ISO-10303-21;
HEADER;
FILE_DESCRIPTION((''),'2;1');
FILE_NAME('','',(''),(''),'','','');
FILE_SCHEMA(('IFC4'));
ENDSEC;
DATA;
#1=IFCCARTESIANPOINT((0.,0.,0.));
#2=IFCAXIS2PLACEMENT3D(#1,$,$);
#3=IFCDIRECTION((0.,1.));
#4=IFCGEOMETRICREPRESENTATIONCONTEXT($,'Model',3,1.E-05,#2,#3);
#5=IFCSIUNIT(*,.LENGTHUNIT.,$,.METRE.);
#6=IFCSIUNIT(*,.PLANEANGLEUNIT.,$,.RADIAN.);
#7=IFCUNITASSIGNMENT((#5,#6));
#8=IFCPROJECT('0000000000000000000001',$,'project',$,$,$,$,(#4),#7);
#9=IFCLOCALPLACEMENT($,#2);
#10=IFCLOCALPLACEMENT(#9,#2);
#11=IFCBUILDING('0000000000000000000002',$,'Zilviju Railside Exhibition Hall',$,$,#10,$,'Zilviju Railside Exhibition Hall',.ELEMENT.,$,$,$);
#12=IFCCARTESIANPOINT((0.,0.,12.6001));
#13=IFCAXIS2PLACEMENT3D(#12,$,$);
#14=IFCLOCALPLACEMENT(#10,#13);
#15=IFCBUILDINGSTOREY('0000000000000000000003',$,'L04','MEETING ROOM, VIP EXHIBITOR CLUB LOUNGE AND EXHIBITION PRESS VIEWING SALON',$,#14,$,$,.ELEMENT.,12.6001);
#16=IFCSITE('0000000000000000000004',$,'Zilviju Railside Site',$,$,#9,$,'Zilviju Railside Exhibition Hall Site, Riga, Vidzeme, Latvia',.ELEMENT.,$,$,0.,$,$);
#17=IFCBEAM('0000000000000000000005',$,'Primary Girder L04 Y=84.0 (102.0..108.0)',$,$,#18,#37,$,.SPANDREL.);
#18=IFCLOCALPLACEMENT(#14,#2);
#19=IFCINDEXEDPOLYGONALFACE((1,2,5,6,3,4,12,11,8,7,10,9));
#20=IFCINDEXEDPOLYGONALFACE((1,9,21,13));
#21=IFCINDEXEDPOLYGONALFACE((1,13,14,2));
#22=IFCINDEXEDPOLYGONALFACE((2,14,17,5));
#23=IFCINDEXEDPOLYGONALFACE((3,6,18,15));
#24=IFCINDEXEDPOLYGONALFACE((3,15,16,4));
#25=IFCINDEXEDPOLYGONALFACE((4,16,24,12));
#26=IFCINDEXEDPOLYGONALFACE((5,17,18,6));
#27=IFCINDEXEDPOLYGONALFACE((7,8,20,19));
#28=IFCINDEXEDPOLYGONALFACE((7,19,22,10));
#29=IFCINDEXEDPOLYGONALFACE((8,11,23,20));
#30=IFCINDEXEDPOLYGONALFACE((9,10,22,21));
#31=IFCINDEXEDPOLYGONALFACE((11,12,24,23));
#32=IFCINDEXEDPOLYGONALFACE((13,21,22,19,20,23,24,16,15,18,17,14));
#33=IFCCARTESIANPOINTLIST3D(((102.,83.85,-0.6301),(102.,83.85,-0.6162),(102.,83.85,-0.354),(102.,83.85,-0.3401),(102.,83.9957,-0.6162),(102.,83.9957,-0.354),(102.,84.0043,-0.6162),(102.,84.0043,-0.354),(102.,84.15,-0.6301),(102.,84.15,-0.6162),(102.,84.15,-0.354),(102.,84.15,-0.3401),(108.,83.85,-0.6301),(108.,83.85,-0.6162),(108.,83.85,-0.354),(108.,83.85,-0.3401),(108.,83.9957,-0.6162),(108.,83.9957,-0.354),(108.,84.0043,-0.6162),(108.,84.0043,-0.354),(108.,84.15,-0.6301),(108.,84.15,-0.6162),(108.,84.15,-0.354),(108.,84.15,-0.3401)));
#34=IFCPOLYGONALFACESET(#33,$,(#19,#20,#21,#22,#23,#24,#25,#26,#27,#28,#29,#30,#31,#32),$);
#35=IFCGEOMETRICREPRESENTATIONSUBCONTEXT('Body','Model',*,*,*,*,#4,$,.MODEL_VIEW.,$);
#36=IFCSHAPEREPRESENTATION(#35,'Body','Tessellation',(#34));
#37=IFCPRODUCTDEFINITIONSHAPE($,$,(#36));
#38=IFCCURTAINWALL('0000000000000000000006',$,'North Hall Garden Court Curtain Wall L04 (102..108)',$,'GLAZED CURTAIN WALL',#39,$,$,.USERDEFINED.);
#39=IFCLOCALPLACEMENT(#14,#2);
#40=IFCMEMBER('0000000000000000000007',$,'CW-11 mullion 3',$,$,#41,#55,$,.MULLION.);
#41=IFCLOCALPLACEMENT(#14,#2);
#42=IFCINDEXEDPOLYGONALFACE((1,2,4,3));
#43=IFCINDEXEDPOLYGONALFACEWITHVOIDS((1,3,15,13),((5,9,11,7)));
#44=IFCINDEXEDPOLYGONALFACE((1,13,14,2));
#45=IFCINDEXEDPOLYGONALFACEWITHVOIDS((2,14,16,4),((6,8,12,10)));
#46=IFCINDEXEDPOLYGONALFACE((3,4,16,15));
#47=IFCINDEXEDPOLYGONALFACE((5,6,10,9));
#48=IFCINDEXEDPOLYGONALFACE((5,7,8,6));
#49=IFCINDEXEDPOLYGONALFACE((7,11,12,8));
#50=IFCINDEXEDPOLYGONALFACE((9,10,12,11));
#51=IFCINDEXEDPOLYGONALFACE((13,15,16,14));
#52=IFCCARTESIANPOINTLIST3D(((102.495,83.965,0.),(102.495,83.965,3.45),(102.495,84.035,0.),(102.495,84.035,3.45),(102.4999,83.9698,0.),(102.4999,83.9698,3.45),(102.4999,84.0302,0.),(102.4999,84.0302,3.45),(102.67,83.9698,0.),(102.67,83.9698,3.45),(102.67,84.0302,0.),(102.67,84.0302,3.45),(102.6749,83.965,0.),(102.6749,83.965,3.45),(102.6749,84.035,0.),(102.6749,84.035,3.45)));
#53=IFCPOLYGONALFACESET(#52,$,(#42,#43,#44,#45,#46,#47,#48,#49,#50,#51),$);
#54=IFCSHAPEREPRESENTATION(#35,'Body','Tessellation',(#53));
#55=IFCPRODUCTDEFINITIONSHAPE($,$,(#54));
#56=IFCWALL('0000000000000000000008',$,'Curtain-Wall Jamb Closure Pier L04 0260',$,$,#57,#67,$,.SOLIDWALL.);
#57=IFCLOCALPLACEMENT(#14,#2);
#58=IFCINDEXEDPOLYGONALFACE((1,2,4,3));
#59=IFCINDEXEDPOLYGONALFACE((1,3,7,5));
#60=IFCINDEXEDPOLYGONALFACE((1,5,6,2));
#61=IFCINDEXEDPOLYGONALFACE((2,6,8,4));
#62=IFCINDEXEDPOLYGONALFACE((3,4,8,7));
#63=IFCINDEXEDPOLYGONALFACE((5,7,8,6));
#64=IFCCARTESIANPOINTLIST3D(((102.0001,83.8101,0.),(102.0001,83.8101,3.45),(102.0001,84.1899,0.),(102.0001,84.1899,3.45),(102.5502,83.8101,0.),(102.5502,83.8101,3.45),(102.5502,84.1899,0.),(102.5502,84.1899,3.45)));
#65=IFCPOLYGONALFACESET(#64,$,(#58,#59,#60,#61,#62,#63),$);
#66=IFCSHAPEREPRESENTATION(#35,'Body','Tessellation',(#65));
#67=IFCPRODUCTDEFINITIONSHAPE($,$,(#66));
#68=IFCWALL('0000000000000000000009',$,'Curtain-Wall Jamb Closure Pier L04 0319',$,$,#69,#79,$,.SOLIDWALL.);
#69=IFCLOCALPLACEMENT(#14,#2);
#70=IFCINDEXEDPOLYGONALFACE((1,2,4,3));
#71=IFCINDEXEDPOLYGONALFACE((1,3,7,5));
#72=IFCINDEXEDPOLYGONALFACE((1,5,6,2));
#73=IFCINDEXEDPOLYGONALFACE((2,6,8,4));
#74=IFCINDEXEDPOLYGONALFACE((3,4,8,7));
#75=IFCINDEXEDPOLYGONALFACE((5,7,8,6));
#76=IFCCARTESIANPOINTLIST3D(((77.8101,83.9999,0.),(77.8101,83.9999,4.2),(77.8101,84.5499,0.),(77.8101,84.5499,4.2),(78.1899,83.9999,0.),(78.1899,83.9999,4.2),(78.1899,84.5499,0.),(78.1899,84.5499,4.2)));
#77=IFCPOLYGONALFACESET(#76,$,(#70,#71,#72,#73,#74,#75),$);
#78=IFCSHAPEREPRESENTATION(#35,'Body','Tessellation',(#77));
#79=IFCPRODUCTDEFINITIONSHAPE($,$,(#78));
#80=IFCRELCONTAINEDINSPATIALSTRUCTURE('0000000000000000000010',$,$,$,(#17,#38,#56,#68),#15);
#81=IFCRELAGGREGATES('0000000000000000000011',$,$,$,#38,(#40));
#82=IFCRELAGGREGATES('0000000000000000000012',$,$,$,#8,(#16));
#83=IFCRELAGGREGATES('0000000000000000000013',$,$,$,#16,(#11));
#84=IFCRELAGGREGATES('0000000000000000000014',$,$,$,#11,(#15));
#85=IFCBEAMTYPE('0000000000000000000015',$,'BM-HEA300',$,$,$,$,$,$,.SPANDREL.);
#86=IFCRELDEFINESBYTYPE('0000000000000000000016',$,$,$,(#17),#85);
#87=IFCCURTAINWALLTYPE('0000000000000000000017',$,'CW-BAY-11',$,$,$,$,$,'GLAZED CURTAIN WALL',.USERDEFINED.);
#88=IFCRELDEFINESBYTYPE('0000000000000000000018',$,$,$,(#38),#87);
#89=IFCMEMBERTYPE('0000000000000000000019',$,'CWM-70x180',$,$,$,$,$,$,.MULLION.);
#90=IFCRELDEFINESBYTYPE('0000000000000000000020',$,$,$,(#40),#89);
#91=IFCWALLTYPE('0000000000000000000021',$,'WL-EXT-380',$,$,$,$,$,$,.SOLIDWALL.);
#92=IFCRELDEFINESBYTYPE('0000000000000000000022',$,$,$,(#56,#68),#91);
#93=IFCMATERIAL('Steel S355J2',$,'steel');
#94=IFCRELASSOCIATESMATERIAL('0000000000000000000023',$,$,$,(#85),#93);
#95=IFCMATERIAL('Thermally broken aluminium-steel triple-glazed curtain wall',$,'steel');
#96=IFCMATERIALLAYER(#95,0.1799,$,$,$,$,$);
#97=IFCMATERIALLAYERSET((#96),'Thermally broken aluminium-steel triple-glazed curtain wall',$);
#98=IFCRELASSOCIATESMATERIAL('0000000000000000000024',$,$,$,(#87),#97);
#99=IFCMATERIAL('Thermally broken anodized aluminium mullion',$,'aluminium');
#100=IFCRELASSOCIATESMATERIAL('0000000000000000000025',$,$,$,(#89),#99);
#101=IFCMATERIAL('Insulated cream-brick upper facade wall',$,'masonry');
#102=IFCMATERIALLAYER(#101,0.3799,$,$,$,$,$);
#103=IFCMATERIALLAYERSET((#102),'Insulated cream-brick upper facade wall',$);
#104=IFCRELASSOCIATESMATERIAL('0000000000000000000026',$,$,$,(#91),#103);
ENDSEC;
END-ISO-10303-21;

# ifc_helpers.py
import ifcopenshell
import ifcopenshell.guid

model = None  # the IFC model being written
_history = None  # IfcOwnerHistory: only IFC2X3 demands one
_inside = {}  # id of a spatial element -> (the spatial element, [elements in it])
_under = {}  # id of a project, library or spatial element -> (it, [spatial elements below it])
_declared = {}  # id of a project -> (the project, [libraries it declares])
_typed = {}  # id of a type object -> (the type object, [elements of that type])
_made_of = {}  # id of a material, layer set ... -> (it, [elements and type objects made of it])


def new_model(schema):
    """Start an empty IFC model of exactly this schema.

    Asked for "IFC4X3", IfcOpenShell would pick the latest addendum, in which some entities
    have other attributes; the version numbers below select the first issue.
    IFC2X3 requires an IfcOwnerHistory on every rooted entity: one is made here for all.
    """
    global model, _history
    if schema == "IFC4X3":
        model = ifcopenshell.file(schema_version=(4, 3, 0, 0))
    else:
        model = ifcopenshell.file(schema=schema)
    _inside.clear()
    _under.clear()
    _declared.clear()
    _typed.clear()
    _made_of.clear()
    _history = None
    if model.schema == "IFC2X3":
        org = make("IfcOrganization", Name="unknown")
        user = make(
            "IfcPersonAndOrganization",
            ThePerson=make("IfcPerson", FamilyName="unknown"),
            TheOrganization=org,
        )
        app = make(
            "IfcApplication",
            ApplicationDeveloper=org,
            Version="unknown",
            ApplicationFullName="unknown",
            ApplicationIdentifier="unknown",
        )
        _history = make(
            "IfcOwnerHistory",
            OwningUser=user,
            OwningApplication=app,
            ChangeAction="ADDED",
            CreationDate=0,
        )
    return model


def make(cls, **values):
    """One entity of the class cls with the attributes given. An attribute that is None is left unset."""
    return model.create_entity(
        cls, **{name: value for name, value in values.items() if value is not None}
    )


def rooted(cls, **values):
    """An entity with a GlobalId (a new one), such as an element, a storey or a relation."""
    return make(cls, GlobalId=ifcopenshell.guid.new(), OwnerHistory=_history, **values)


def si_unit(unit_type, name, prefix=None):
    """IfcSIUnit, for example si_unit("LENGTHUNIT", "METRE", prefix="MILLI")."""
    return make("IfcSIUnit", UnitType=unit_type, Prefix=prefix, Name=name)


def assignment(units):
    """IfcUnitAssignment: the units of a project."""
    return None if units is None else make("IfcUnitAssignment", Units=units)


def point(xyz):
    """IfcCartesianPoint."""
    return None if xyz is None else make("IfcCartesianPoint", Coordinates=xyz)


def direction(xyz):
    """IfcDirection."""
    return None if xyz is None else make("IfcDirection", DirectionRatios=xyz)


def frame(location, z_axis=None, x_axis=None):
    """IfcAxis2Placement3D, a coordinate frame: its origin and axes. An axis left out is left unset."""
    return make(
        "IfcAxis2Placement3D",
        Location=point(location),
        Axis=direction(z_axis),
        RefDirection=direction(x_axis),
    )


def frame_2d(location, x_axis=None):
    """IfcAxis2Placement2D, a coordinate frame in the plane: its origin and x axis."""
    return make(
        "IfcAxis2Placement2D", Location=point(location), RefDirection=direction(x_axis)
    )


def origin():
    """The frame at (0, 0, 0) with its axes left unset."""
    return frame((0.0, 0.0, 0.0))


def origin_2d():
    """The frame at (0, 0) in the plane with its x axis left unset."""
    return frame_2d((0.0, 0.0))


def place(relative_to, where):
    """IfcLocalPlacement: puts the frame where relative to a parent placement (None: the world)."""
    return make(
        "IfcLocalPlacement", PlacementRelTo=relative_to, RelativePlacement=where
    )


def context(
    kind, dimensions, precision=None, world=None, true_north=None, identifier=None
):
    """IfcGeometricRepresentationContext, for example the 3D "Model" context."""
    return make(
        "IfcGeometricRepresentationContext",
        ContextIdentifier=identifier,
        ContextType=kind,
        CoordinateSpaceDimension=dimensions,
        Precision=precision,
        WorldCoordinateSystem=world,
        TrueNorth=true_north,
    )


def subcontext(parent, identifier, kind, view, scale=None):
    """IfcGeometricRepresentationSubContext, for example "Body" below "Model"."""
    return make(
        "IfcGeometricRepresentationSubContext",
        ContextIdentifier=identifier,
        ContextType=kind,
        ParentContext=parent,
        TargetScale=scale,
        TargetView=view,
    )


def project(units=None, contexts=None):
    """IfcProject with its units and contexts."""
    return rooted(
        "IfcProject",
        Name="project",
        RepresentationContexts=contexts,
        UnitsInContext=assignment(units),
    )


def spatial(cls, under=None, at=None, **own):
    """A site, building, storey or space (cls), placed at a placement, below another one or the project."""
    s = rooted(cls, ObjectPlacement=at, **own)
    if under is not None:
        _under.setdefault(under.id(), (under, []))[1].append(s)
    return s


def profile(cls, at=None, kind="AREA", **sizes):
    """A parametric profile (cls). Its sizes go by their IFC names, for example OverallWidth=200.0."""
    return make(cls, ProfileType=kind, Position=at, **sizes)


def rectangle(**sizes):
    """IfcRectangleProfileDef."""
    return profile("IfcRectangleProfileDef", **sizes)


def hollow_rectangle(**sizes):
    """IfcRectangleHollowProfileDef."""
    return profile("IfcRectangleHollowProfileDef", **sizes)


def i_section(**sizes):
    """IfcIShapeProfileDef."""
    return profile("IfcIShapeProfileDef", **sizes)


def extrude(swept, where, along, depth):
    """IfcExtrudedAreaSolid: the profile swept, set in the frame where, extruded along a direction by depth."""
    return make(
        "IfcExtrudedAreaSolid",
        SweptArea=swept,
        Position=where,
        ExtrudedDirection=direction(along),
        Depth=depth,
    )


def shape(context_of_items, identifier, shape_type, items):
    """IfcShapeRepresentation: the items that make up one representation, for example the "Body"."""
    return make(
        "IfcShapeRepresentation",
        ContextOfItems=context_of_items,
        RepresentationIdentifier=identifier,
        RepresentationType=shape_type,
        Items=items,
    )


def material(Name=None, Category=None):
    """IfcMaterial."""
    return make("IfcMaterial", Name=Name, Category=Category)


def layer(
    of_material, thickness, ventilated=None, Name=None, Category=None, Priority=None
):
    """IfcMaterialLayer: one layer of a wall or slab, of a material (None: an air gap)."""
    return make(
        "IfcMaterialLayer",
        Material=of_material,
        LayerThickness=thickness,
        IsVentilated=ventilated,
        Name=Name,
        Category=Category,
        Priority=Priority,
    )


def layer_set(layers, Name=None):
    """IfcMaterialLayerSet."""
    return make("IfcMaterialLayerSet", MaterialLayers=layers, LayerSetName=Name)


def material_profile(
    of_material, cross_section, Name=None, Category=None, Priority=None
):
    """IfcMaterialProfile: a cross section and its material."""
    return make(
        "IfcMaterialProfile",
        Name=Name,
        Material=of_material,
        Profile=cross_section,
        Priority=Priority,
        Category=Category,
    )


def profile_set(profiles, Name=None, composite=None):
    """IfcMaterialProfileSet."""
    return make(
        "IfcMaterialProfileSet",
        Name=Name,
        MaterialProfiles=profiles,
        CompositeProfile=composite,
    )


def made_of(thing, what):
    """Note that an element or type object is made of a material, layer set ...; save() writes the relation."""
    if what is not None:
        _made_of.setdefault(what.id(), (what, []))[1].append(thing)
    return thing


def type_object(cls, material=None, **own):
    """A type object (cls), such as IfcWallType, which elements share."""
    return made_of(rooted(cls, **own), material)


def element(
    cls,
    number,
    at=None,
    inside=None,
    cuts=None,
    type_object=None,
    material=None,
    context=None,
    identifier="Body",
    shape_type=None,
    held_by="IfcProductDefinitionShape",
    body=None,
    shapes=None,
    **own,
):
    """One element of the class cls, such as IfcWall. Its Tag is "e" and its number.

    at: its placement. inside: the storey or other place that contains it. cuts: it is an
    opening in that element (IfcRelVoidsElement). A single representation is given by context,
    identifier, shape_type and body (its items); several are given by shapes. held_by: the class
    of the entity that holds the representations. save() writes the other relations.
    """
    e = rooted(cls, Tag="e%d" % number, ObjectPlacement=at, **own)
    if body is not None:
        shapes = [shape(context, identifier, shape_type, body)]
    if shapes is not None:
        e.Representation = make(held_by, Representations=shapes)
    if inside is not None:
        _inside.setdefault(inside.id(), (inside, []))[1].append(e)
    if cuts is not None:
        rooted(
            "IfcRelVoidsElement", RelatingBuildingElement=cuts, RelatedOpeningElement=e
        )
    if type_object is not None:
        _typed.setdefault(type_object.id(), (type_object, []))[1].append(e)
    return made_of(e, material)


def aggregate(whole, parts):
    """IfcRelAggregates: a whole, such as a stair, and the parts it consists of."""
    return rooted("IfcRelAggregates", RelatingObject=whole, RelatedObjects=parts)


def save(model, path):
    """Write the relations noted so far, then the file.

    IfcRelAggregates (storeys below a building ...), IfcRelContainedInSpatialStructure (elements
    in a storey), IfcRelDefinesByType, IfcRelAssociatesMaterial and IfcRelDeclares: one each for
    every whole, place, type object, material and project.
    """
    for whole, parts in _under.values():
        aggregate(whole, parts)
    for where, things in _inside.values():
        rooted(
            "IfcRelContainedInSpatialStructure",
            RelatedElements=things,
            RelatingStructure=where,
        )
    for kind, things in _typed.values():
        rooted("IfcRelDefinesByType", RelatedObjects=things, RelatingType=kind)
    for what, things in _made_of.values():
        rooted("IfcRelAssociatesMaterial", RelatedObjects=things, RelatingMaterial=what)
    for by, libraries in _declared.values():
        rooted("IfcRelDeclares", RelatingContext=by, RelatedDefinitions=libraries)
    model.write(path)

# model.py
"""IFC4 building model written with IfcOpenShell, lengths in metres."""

from ifc_helpers import new_model, si_unit, direction, frame, frame_2d, origin, origin_2d, place, context, subcontext, project, spatial, rectangle, hollow_rectangle, i_section, extrude, material, layer, layer_set, material_profile, profile_set, type_object, element, aggregate, save


model = new_model("IFC4")

# Units and contexts
model_context = context("Model", 3, precision=1e-05, world=origin(), true_north=direction((0.0, 1.0)))
body_context = subcontext(model_context, "Body", "Model", "MODEL_VIEW")
ifc_project = project(units=[si_unit("LENGTHUNIT", "METRE"), si_unit("PLANEANGLEUNIT", "RADIAN")], contexts=[model_context])

# Site, building, storey
site_placement = place(None, origin())
site = spatial("IfcSite", under=ifc_project, at=site_placement, Name="Zilviju Railside Site", LongName="Zilviju Railside Exhibition Hall Site, Riga, Vidzeme, Latvia", CompositionType="ELEMENT", RefElevation=0.0)
building_placement = place(site_placement, origin())
building = spatial("IfcBuilding", under=site, at=building_placement, Name="Zilviju Railside Exhibition Hall", LongName="Zilviju Railside Exhibition Hall", CompositionType="ELEMENT")
storey_placement = place(building_placement, frame((0.0, 0.0, 12.6001)))
storey = spatial("IfcBuildingStorey", under=building, at=storey_placement, Name="L04", Description="MEETING ROOM, VIP EXHIBITOR CLUB LOUNGE AND EXHIBITION PRESS VIEWING SALON", CompositionType="ELEMENT", Elevation=12.6001)

# Beam
ifc_material_1 = material(Name="Steel S355J2", Category="steel")
ifc_material_profile_1 = material_profile(ifc_material_1, i_section(OverallWidth=0.3, OverallDepth=0.29, WebThickness=0.0085, FlangeThickness=0.0139, at=origin_2d()), Name="HEA 300")
ifc_profile_set_1 = profile_set([ifc_material_profile_1], Name="Steel S355J2")
beam_type = type_object("IfcBeamType", Name="BM-HEA300", PredefinedType="SPANDREL", material=ifc_profile_set_1)
for number, where, z_axis, x_axis, name in (
    (1, (102.0, 84.0, -0.4851), (1.0, 0.0, 0.0), (0.0, 1.0, 0.0), "Primary Girder L04 Y=84.0 (102.0..108.0)"),
):
    element("IfcBeam", number, at=place(storey_placement, frame(where, z_axis=z_axis, x_axis=x_axis)), inside=storey, type_object=beam_type, Name=name, PredefinedType="SPANDREL", context=body_context, shape_type="SweptSolid", body=[
        extrude(i_section(OverallWidth=0.3, OverallDepth=0.29, WebThickness=0.0085, FlangeThickness=0.0139, at=origin_2d()), origin(), (0.0, 0.0, 1.0), 6.0),
    ])

# Curtain wall, member
ifc_material_2 = material(Name="Thermally broken aluminium-steel triple-glazed curtain wall", Category="steel")
ifc_layer_1 = layer(ifc_material_2, 0.1799)
ifc_layer_set_1 = layer_set([ifc_layer_1], Name="Thermally broken aluminium-steel triple-glazed curtain wall")
curtain_wall_type = type_object("IfcCurtainWallType", Name="CW-BAY-11", ElementType="GLAZED CURTAIN WALL", PredefinedType="USERDEFINED", material=ifc_layer_set_1)
curtain_wall_placement = place(storey_placement, origin())
curtain_wall = element("IfcCurtainWall", 2, at=curtain_wall_placement, inside=storey, type_object=curtain_wall_type, Name="North Hall Garden Court Curtain Wall L04 (102..108)", ObjectType="GLAZED CURTAIN WALL", PredefinedType="USERDEFINED")
ifc_material_3 = material(Name="Thermally broken anodized aluminium mullion", Category="aluminium")
ifc_material_profile_2 = material_profile(ifc_material_3, hollow_rectangle(XDim=0.0701, YDim=0.1799, WallThickness=0.0049, at=origin_2d()), Name="MULLION 180x70x5")
ifc_profile_set_2 = profile_set([ifc_material_profile_2], Name="Thermally broken anodized aluminium mullion")
member_type = type_object("IfcMemberType", Name="CWM-70x180", PredefinedType="MULLION", material=ifc_profile_set_2)
member_placement = place(storey_placement, frame((102.585, 84.0, 0.0), z_axis=(0.0, 0.0, 1.0), x_axis=(0.0, -1.0, 0.0)))
member = element("IfcMember", 3, at=member_placement, type_object=member_type, Name="CW-11 mullion 3", PredefinedType="MULLION", context=body_context, shape_type="SweptSolid", body=[
    extrude(hollow_rectangle(XDim=0.0701, YDim=0.1799, WallThickness=0.0049, at=origin_2d()), origin(), (0.0, 0.0, 1.0), 3.45),
])
aggregate(curtain_wall, [member])

# Walls
ifc_material_4 = material(Name="Insulated cream-brick upper facade wall", Category="masonry")
ifc_layer_2 = layer(ifc_material_4, 0.3799)
ifc_layer_set_2 = layer_set([ifc_layer_2], Name="Insulated cream-brick upper facade wall")
wall_type = type_object("IfcWallType", Name="WL-EXT-380", PredefinedType="SOLIDWALL", material=ifc_layer_set_2)
wall_1_placement = place(storey_placement, frame((102.55, 84.0, 0.0), z_axis=(0.0, 0.0, 1.0), x_axis=(-1.0, 0.0, 0.0)))
element("IfcWall", 4, at=wall_1_placement, inside=storey, type_object=wall_type, Name="Curtain-Wall Jamb Closure Pier L04 0260", PredefinedType="SOLIDWALL", context=body_context, shape_type="SweptSolid", body=[
    extrude(rectangle(XDim=0.55, YDim=0.3799, at=frame_2d((0.2749, 0.0))), origin(), (0.0, 0.0, 1.0), 3.45),
])
wall_2_placement = place(storey_placement, frame((78.0, 84.0, 0.0), z_axis=(0.0, 0.0, 1.0), x_axis=(0.0, 1.0, 0.0)))
element("IfcWall", 5, at=wall_2_placement, inside=storey, type_object=wall_type, Name="Curtain-Wall Jamb Closure Pier L04 0319", PredefinedType="SOLIDWALL", context=body_context, shape_type="SweptSolid", body=[
    extrude(rectangle(XDim=0.55, YDim=0.3799, at=frame_2d((0.2749, 0.0))), origin(), (0.0, 0.0, 1.0), 4.2),
])

save(model, "model.ifc")
